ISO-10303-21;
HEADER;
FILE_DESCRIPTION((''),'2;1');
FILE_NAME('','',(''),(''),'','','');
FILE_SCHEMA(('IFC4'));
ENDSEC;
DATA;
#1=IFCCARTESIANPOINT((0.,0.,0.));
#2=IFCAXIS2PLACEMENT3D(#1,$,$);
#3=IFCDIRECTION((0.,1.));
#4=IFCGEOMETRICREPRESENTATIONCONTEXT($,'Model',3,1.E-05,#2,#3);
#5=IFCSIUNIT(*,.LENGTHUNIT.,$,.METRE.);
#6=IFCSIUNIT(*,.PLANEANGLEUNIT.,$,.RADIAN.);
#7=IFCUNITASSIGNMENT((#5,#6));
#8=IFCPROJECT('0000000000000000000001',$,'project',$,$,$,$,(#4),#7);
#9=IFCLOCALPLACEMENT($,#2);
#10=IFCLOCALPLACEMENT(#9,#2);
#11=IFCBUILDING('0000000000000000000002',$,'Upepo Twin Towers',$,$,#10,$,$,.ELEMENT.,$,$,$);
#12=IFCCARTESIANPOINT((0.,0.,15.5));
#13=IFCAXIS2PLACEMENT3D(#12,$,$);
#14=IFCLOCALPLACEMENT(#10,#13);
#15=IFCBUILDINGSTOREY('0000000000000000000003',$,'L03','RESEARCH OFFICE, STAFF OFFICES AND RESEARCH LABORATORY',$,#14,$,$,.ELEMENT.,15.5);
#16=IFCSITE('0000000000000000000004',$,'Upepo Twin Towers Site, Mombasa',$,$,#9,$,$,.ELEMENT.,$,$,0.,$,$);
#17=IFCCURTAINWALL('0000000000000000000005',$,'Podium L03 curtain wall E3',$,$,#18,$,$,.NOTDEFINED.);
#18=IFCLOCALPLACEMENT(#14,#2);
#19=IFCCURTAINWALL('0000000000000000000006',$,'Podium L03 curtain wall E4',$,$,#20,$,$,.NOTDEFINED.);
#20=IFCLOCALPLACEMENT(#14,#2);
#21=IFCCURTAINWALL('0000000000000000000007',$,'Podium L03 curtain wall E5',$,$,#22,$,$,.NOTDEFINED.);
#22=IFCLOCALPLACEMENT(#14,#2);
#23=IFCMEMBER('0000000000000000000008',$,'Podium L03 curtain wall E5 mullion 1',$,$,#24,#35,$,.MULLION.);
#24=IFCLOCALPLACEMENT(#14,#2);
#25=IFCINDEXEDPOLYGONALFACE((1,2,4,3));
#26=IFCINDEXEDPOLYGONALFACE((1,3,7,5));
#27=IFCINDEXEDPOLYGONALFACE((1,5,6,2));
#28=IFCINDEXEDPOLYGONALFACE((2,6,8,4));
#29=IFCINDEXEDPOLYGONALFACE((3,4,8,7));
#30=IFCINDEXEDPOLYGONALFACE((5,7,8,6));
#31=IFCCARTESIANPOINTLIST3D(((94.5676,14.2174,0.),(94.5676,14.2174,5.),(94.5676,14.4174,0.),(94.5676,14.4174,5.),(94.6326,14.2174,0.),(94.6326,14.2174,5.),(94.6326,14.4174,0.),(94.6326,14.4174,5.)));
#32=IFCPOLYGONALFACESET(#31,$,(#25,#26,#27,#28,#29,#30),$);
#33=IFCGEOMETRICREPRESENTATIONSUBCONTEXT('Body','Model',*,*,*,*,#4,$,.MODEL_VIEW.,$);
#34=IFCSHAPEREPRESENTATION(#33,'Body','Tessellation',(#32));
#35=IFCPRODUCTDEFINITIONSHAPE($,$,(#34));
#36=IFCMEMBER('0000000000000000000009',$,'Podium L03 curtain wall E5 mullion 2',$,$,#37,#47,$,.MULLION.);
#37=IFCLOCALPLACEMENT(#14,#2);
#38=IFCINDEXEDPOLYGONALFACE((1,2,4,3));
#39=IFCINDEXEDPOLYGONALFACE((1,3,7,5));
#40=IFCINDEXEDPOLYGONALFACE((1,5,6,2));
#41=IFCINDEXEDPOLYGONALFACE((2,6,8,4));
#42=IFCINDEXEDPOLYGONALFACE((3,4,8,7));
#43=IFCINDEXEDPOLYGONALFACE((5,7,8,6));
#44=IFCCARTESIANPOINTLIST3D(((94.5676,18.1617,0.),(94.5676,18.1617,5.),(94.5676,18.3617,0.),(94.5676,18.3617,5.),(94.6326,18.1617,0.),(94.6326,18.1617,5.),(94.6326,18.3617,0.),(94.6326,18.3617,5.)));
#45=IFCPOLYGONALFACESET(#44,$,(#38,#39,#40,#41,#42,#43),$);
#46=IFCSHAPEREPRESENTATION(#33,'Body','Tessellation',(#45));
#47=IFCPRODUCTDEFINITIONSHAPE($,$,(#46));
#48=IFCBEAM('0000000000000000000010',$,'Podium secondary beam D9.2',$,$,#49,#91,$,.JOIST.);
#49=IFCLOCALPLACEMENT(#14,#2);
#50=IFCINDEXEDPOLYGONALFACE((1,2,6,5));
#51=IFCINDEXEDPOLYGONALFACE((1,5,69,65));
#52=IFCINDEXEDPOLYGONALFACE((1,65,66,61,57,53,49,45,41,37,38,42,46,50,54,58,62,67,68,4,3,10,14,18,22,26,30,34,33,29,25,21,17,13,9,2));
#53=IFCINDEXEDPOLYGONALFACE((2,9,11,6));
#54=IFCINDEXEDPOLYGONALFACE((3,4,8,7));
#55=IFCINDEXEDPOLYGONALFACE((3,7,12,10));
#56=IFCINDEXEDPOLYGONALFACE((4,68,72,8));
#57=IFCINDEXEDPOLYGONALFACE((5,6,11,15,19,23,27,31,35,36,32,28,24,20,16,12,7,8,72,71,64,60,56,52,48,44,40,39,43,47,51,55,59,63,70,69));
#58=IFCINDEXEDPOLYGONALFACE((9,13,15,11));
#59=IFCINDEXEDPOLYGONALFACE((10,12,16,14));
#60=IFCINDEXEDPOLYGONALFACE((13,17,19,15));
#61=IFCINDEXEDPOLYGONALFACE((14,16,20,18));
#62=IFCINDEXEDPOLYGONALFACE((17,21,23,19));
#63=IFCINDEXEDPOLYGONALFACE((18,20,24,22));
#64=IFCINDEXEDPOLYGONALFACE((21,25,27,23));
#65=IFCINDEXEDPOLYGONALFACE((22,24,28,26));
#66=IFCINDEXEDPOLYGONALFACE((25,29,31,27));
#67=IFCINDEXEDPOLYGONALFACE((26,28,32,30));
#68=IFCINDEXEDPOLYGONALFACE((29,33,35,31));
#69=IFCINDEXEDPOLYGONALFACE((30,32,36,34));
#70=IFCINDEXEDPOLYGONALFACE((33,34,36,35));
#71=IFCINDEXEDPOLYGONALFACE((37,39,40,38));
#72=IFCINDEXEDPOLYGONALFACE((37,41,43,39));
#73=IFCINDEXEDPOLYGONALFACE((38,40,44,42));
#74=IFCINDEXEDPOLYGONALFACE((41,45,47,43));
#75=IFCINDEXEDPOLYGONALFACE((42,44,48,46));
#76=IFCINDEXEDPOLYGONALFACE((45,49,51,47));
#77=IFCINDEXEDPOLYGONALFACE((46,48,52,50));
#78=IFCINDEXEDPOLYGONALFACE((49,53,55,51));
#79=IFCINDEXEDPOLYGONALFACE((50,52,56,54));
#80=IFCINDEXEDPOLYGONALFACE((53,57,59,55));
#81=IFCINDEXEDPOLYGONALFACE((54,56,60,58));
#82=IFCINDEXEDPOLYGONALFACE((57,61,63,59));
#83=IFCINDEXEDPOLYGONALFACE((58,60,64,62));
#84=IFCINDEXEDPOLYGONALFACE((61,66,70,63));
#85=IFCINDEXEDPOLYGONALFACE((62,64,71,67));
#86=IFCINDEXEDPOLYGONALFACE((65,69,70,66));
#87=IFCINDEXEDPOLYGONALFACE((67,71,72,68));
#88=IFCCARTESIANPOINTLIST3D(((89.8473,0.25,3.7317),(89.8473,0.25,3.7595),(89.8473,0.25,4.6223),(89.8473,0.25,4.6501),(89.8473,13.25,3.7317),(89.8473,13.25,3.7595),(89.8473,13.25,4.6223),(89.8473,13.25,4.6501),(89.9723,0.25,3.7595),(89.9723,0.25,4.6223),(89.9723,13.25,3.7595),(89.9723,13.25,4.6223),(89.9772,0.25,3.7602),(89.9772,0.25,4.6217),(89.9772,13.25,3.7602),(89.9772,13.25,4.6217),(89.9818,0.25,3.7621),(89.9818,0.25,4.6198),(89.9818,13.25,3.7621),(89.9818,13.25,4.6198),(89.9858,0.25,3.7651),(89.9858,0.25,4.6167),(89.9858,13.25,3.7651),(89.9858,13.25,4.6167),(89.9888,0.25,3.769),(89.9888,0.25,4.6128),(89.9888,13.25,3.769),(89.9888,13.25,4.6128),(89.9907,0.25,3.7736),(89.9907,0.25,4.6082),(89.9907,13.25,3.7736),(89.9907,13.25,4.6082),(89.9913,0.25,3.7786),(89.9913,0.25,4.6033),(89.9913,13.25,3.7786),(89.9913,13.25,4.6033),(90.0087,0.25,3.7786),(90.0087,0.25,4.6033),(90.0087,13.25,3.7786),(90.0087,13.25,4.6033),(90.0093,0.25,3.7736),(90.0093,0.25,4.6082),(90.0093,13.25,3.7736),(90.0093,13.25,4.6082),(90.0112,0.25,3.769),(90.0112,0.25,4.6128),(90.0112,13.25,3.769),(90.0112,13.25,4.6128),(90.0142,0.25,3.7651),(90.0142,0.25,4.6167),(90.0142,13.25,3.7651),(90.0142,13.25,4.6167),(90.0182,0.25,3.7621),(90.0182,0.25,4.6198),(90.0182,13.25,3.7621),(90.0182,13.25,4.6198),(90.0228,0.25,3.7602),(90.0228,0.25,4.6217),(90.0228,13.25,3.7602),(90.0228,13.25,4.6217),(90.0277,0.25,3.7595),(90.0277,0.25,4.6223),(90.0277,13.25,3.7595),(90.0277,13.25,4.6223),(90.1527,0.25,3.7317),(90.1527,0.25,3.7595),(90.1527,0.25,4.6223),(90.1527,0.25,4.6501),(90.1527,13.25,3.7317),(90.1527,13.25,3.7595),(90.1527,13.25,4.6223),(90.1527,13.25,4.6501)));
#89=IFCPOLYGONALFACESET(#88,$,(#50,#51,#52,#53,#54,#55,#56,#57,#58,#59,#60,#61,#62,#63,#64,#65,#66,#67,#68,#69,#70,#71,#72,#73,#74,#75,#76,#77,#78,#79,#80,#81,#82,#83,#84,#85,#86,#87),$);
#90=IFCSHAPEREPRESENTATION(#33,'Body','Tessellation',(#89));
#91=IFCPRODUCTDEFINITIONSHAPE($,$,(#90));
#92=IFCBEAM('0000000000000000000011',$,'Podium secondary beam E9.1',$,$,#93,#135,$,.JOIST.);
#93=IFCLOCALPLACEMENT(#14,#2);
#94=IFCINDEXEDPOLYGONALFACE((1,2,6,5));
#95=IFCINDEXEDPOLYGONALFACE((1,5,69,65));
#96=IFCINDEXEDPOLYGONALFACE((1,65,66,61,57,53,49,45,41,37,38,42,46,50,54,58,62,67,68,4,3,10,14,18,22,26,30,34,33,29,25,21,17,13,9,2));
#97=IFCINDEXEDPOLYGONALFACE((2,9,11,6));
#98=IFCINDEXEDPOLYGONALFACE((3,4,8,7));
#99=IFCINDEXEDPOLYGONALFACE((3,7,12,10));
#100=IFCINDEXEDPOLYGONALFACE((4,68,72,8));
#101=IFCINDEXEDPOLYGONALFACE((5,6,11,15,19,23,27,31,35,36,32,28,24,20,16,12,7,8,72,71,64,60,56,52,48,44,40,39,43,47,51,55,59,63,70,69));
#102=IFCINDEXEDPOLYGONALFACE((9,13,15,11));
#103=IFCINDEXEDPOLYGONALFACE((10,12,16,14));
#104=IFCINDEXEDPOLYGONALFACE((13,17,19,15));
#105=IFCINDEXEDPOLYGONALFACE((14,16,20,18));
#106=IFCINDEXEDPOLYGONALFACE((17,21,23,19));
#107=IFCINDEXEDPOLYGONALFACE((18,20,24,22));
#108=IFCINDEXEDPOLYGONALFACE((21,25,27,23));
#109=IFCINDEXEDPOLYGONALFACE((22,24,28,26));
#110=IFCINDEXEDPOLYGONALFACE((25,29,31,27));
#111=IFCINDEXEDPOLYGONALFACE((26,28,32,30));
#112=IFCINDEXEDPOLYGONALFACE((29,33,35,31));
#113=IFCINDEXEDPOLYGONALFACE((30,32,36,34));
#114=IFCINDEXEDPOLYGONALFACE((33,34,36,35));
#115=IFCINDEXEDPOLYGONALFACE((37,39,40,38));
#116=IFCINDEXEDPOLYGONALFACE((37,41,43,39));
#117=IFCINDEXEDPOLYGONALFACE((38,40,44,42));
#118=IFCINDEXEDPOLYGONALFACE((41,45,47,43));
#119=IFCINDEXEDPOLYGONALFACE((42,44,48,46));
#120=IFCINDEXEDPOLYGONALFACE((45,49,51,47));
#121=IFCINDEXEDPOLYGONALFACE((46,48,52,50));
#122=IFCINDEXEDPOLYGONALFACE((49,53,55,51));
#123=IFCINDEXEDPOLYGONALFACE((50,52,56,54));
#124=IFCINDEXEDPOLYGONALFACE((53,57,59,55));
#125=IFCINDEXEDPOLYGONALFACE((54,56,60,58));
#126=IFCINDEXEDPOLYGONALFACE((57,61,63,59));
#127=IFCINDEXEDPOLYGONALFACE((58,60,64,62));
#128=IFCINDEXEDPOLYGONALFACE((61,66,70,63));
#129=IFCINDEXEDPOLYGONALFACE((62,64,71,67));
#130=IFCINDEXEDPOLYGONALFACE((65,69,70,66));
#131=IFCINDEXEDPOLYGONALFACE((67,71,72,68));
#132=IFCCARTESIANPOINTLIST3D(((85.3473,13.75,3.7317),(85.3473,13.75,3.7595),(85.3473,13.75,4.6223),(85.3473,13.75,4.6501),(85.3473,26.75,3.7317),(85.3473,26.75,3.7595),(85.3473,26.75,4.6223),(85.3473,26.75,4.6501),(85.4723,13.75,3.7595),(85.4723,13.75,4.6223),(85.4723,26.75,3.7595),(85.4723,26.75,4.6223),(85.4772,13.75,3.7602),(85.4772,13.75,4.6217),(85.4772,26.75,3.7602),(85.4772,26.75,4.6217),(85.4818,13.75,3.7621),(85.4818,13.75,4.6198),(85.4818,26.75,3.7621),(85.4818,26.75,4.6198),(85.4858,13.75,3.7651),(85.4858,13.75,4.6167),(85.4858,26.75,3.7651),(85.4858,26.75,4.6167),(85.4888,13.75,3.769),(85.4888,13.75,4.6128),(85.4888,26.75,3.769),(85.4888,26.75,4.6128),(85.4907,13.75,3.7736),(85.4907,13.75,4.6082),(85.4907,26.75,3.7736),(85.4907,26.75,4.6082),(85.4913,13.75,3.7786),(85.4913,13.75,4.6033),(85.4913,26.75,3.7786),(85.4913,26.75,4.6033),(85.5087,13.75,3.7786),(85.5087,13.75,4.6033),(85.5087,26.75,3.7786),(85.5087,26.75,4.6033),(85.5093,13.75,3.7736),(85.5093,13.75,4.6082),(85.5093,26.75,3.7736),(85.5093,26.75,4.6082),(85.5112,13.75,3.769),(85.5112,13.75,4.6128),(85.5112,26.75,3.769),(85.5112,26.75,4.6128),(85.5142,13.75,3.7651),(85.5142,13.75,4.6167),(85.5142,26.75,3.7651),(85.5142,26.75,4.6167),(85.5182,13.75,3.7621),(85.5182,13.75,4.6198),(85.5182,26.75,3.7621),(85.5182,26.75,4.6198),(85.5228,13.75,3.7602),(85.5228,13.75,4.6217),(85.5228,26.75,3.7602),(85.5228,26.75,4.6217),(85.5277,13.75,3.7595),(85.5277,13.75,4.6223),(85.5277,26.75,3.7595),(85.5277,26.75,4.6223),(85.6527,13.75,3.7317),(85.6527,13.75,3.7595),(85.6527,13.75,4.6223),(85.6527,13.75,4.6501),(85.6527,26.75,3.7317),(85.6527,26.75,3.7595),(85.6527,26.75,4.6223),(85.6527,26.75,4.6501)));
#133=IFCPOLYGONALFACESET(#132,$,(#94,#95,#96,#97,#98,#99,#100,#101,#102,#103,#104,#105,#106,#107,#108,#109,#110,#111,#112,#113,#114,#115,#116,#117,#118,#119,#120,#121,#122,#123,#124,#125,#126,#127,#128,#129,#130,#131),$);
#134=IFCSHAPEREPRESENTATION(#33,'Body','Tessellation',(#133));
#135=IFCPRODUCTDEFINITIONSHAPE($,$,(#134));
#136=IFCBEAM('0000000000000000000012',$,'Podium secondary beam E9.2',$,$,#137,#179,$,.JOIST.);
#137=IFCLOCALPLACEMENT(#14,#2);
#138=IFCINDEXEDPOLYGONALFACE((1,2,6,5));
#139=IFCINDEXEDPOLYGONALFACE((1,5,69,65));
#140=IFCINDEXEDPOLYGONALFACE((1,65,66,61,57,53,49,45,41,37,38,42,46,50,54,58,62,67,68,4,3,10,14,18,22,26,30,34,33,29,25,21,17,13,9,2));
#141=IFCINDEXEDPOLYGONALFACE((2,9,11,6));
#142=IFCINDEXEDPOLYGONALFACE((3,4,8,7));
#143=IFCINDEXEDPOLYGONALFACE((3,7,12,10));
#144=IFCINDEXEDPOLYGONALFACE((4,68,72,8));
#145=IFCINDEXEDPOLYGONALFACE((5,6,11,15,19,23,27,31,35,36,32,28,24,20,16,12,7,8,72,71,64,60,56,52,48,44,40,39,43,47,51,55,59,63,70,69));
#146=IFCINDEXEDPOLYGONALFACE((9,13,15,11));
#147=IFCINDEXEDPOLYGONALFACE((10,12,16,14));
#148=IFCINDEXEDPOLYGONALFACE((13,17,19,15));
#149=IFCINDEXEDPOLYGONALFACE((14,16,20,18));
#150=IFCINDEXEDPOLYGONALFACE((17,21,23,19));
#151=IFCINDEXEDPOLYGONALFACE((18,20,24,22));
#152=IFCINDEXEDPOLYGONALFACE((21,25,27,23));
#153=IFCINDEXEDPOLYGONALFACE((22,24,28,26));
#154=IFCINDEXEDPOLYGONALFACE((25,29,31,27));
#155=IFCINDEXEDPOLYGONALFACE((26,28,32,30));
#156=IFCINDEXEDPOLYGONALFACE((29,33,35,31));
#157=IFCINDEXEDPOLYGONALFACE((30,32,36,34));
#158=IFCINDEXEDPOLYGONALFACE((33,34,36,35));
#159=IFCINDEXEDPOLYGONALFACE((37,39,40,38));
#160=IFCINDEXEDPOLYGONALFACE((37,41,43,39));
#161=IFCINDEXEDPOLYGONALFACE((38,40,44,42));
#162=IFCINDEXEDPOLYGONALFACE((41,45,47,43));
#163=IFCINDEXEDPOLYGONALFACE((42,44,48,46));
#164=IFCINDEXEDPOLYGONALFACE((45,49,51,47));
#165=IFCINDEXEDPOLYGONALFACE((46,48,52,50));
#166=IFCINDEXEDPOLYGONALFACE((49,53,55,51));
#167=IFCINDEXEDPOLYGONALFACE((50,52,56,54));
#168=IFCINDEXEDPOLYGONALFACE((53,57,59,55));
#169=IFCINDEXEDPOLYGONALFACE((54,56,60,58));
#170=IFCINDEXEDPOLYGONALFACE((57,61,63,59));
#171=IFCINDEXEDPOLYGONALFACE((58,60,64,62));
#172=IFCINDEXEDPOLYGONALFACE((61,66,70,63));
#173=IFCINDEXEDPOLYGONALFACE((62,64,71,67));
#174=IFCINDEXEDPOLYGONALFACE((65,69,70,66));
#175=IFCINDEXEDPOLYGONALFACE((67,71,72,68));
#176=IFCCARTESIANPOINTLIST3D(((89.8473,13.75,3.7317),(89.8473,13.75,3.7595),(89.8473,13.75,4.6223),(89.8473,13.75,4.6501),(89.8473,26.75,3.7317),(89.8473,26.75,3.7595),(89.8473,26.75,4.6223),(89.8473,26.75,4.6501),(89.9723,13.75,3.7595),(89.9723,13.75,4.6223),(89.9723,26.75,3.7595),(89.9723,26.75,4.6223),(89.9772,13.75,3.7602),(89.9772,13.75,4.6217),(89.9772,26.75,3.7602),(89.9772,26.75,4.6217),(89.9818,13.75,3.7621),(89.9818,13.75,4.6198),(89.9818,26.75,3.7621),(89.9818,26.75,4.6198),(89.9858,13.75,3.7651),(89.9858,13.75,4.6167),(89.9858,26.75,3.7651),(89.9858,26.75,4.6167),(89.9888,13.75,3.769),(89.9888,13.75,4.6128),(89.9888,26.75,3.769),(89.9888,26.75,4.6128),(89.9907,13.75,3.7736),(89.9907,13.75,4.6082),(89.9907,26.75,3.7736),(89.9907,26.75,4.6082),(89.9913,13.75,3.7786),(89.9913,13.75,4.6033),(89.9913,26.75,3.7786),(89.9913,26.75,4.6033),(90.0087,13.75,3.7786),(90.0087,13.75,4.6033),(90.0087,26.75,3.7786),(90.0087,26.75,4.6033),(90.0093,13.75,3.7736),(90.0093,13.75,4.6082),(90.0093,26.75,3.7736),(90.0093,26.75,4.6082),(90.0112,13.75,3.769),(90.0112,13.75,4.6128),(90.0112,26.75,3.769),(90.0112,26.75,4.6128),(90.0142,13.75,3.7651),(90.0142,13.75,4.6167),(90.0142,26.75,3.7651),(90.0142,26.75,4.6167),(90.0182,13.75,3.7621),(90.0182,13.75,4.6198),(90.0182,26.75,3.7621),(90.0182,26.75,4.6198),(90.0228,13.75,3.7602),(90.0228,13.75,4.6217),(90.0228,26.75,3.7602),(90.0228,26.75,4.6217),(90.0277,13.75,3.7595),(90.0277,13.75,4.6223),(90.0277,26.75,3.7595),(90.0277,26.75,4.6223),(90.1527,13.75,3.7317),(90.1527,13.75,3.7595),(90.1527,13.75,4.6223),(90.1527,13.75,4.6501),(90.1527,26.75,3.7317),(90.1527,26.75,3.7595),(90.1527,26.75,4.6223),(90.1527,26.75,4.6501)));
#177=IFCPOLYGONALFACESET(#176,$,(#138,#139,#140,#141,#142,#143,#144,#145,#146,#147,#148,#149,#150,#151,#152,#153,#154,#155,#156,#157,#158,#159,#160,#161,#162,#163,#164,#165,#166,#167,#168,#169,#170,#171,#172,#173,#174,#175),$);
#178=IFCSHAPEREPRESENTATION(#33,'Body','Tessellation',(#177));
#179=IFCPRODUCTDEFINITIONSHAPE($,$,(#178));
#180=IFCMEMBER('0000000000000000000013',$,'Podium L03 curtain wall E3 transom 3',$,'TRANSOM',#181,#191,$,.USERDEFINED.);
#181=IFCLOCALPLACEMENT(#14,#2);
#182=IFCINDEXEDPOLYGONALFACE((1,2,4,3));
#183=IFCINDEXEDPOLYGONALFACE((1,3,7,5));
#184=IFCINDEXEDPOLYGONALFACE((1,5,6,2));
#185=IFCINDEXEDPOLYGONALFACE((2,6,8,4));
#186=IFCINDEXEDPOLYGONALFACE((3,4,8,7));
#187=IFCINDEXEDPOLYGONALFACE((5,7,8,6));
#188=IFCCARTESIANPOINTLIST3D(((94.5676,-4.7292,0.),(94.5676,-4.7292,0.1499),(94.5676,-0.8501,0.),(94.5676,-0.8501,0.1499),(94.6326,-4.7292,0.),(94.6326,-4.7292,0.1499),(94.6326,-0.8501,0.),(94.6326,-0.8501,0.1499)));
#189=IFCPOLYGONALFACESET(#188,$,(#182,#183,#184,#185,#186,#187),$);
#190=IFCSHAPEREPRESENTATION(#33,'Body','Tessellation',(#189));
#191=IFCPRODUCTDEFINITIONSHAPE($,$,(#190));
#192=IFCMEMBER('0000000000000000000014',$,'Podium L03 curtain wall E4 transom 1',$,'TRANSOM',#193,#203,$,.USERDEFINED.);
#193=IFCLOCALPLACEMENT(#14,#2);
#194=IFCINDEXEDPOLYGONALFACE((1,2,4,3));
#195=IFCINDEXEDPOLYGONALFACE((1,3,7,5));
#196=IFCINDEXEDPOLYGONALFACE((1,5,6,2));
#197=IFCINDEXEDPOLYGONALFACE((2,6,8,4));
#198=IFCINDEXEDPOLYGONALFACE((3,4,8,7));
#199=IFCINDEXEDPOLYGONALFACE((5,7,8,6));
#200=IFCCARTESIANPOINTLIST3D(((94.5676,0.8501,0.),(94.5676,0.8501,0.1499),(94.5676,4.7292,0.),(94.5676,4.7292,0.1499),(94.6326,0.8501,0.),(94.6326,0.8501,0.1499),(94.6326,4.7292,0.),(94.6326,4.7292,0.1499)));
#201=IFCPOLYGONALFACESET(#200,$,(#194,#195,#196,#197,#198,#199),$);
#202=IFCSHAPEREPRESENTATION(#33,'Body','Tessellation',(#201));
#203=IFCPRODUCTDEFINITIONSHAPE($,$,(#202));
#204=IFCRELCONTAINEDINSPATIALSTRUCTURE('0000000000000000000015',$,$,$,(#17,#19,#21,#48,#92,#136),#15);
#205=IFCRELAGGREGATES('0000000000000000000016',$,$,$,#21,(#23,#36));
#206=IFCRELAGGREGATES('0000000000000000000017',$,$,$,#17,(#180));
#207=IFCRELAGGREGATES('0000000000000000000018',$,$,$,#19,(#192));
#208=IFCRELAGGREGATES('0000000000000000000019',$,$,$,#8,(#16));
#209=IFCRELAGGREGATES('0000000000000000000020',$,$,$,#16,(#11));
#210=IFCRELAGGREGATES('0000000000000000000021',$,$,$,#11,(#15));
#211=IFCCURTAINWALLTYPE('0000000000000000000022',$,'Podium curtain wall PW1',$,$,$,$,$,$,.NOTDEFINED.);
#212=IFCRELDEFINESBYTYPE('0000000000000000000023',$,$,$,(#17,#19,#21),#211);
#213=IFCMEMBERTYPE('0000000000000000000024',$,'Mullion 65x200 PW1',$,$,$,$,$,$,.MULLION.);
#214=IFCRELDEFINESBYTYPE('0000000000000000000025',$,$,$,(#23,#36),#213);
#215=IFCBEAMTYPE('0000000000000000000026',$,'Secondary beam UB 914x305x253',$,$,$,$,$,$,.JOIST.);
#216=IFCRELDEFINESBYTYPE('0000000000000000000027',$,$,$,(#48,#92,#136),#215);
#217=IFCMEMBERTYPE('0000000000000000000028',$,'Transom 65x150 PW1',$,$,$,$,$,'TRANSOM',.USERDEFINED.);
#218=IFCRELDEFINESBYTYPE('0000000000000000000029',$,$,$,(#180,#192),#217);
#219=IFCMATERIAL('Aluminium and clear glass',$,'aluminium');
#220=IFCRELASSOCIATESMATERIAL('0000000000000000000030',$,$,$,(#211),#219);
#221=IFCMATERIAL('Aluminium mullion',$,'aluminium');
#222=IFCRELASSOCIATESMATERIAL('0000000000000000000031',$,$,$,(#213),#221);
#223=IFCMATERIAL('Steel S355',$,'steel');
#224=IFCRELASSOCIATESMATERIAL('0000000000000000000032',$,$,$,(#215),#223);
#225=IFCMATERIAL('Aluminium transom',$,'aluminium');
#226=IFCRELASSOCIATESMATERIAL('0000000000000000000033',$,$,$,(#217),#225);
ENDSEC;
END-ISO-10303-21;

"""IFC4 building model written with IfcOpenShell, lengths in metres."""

from ifc_helpers import new_model, si_unit, direction, frame, origin, origin_2d, place, context, subcontext, project, spatial, rectangle, i_section, extrude, material, material_profile, profile_set, type_object, element, aggregate, save


model = new_model("IFC4")

# Units and contexts
model_context = context("Model", 3, precision=1e-05, world=origin(), true_north=direction((0.0, 1.0)))
body_context = subcontext(model_context, "Body", "Model", "MODEL_VIEW")
ifc_project = project(units=[si_unit("LENGTHUNIT", "METRE"), si_unit("PLANEANGLEUNIT", "RADIAN")], contexts=[model_context])

# Site, building, storey
site_placement = place(None, origin())
site = spatial("IfcSite", under=ifc_project, at=site_placement, Name="Upepo Twin Towers Site, Mombasa", CompositionType="ELEMENT", RefElevation=0.0)
building_placement = place(site_placement, origin())
building = spatial("IfcBuilding", under=site, at=building_placement, Name="Upepo Twin Towers", CompositionType="ELEMENT")
storey_placement = place(building_placement, frame((0.0, 0.0, 15.5)))
storey = spatial("IfcBuildingStorey", under=building, at=storey_placement, Name="L03", Description="RESEARCH OFFICE, STAFF OFFICES AND RESEARCH LABORATORY", CompositionType="ELEMENT", Elevation=15.5)

# Curtain walls, members
ifc_material_1 = material(Name="Aluminium and clear glass", Category="aluminium")
curtain_wall_type = type_object("IfcCurtainWallType", Name="Podium curtain wall PW1", PredefinedType="NOTDEFINED", material=ifc_material_1)
curtain_wall_1_placement = place(storey_placement, origin())
curtain_wall_1 = element("IfcCurtainWall", 1, at=curtain_wall_1_placement, inside=storey, type_object=curtain_wall_type, Name="Podium L03 curtain wall E3", PredefinedType="NOTDEFINED")
ifc_material_2 = material(Name="Aluminium mullion", Category="aluminium")
ifc_material_profile_1 = material_profile(ifc_material_2, rectangle(XDim=0.0649, YDim=0.2, at=origin_2d()), Name="MULLION 65x200 PODIUM")
ifc_profile_set_1 = profile_set([ifc_material_profile_1], Name="Aluminium mullion")
member_type_1 = type_object("IfcMemberType", Name="Mullion 65x200 PW1", PredefinedType="MULLION", material=ifc_profile_set_1)
curtain_wall_2_placement = place(storey_placement, origin())
curtain_wall_2 = element("IfcCurtainWall", 2, at=curtain_wall_2_placement, inside=storey, type_object=curtain_wall_type, Name="Podium L03 curtain wall E4", PredefinedType="NOTDEFINED")
curtain_wall_3_placement = place(storey_placement, origin())
curtain_wall_3 = element("IfcCurtainWall", 3, at=curtain_wall_3_placement, inside=storey, type_object=curtain_wall_type, Name="Podium L03 curtain wall E5", PredefinedType="NOTDEFINED")
member_1_placement = place(storey_placement, frame((94.6001, 14.3174, 0.0), z_axis=(0.0, 0.0, 1.0), x_axis=(-1.0, 0.0, 0.0)))
member_1 = element("IfcMember", 4, at=member_1_placement, type_object=member_type_1, Name="Podium L03 curtain wall E5 mullion 1", PredefinedType="MULLION", context=body_context, shape_type="SweptSolid", body=[
    extrude(rectangle(XDim=0.0649, YDim=0.2, at=origin_2d()), origin(), (0.0, 0.0, 1.0), 5.0),
])
member_2_placement = place(storey_placement, frame((94.6001, 18.2617, 0.0), z_axis=(0.0, 0.0, 1.0), x_axis=(-1.0, 0.0, 0.0)))
member_2 = element("IfcMember", 5, at=member_2_placement, type_object=member_type_1, Name="Podium L03 curtain wall E5 mullion 2", PredefinedType="MULLION", context=body_context, shape_type="SweptSolid", body=[
    extrude(rectangle(XDim=0.0649, YDim=0.2, at=origin_2d()), origin(), (0.0, 0.0, 1.0), 5.0),
])

# Beams
ifc_material_3 = material(Name="Steel S355", Category="steel")
ifc_material_profile_2 = material_profile(ifc_material_3, i_section(OverallWidth=0.3054, OverallDepth=0.9185, WebThickness=0.0173, FlangeThickness=0.0278, FilletRadius=0.019, at=origin_2d()), Name="UB 914x305x253")
ifc_profile_set_2 = profile_set([ifc_material_profile_2], Name="Steel S355")
beam_type_1 = type_object("IfcBeamType", Name="Secondary beam UB 914x305x253", PredefinedType="JOIST", material=ifc_profile_set_2)
for number, where, z_axis, x_axis, name in (
    (6, (90.0, 0.25, 4.1909), (0.0, 1.0, 0.0), (-1.0, 0.0, 0.0), "Podium secondary beam D9.2"),
    (7, (85.5, 13.75, 4.1909), (0.0, 1.0, 0.0), (-1.0, 0.0, 0.0), "Podium secondary beam E9.1"),
    (8, (90.0, 13.75, 4.1909), (0.0, 1.0, 0.0), (-1.0, 0.0, 0.0), "Podium secondary beam E9.2"),
):
    element("IfcBeam", number, at=place(storey_placement, frame(where, z_axis=z_axis, x_axis=x_axis)), inside=storey, type_object=beam_type_1, Name=name, PredefinedType="JOIST", context=body_context, shape_type="SweptSolid", body=[
        extrude(i_section(OverallWidth=0.3054, OverallDepth=0.9185, WebThickness=0.0173, FlangeThickness=0.0278, FilletRadius=0.019, at=origin_2d()), origin(), (0.0, 0.0, 1.0), 13.0),
    ])

# Members
ifc_material_4 = material(Name="Aluminium transom", Category="aluminium")
ifc_material_profile_3 = material_profile(ifc_material_4, rectangle(XDim=0.0649, YDim=0.1499, at=origin_2d()), Name="TRANSOM 65x150 PODIUM")
ifc_profile_set_3 = profile_set([ifc_material_profile_3], Name="Aluminium transom")
member_type_2 = type_object("IfcMemberType", Name="Transom 65x150 PW1", ElementType="TRANSOM", PredefinedType="USERDEFINED", material=ifc_profile_set_3)
member_3_placement = place(storey_placement, frame((94.6001, -4.7292, 0.075), z_axis=(0.0, 1.0, 0.0), x_axis=(-1.0, 0.0, 0.0)))
member_3 = element("IfcMember", 9, at=member_3_placement, type_object=member_type_2, Name="Podium L03 curtain wall E3 transom 3", ObjectType="TRANSOM", PredefinedType="USERDEFINED", context=body_context, shape_type="SweptSolid", body=[
    extrude(rectangle(XDim=0.0649, YDim=0.1499, at=origin_2d()), origin(), (0.0, 0.0, 1.0), 3.8792),
])
member_4_placement = place(storey_placement, frame((94.6001, 0.8501, 0.075), z_axis=(0.0, 1.0, 0.0), x_axis=(-1.0, 0.0, 0.0)))
member_4 = element("IfcMember", 10, at=member_4_placement, type_object=member_type_2, Name="Podium L03 curtain wall E4 transom 1", ObjectType="TRANSOM", PredefinedType="USERDEFINED", context=body_context, shape_type="SweptSolid", body=[
    extrude(rectangle(XDim=0.0649, YDim=0.1499, at=origin_2d()), origin(), (0.0, 0.0, 1.0), 3.8792),
])

aggregate(curtain_wall_3, [member_1, member_2])
aggregate(curtain_wall_1, [member_3])
aggregate(curtain_wall_2, [member_4])

save(model, "model.ifc")
